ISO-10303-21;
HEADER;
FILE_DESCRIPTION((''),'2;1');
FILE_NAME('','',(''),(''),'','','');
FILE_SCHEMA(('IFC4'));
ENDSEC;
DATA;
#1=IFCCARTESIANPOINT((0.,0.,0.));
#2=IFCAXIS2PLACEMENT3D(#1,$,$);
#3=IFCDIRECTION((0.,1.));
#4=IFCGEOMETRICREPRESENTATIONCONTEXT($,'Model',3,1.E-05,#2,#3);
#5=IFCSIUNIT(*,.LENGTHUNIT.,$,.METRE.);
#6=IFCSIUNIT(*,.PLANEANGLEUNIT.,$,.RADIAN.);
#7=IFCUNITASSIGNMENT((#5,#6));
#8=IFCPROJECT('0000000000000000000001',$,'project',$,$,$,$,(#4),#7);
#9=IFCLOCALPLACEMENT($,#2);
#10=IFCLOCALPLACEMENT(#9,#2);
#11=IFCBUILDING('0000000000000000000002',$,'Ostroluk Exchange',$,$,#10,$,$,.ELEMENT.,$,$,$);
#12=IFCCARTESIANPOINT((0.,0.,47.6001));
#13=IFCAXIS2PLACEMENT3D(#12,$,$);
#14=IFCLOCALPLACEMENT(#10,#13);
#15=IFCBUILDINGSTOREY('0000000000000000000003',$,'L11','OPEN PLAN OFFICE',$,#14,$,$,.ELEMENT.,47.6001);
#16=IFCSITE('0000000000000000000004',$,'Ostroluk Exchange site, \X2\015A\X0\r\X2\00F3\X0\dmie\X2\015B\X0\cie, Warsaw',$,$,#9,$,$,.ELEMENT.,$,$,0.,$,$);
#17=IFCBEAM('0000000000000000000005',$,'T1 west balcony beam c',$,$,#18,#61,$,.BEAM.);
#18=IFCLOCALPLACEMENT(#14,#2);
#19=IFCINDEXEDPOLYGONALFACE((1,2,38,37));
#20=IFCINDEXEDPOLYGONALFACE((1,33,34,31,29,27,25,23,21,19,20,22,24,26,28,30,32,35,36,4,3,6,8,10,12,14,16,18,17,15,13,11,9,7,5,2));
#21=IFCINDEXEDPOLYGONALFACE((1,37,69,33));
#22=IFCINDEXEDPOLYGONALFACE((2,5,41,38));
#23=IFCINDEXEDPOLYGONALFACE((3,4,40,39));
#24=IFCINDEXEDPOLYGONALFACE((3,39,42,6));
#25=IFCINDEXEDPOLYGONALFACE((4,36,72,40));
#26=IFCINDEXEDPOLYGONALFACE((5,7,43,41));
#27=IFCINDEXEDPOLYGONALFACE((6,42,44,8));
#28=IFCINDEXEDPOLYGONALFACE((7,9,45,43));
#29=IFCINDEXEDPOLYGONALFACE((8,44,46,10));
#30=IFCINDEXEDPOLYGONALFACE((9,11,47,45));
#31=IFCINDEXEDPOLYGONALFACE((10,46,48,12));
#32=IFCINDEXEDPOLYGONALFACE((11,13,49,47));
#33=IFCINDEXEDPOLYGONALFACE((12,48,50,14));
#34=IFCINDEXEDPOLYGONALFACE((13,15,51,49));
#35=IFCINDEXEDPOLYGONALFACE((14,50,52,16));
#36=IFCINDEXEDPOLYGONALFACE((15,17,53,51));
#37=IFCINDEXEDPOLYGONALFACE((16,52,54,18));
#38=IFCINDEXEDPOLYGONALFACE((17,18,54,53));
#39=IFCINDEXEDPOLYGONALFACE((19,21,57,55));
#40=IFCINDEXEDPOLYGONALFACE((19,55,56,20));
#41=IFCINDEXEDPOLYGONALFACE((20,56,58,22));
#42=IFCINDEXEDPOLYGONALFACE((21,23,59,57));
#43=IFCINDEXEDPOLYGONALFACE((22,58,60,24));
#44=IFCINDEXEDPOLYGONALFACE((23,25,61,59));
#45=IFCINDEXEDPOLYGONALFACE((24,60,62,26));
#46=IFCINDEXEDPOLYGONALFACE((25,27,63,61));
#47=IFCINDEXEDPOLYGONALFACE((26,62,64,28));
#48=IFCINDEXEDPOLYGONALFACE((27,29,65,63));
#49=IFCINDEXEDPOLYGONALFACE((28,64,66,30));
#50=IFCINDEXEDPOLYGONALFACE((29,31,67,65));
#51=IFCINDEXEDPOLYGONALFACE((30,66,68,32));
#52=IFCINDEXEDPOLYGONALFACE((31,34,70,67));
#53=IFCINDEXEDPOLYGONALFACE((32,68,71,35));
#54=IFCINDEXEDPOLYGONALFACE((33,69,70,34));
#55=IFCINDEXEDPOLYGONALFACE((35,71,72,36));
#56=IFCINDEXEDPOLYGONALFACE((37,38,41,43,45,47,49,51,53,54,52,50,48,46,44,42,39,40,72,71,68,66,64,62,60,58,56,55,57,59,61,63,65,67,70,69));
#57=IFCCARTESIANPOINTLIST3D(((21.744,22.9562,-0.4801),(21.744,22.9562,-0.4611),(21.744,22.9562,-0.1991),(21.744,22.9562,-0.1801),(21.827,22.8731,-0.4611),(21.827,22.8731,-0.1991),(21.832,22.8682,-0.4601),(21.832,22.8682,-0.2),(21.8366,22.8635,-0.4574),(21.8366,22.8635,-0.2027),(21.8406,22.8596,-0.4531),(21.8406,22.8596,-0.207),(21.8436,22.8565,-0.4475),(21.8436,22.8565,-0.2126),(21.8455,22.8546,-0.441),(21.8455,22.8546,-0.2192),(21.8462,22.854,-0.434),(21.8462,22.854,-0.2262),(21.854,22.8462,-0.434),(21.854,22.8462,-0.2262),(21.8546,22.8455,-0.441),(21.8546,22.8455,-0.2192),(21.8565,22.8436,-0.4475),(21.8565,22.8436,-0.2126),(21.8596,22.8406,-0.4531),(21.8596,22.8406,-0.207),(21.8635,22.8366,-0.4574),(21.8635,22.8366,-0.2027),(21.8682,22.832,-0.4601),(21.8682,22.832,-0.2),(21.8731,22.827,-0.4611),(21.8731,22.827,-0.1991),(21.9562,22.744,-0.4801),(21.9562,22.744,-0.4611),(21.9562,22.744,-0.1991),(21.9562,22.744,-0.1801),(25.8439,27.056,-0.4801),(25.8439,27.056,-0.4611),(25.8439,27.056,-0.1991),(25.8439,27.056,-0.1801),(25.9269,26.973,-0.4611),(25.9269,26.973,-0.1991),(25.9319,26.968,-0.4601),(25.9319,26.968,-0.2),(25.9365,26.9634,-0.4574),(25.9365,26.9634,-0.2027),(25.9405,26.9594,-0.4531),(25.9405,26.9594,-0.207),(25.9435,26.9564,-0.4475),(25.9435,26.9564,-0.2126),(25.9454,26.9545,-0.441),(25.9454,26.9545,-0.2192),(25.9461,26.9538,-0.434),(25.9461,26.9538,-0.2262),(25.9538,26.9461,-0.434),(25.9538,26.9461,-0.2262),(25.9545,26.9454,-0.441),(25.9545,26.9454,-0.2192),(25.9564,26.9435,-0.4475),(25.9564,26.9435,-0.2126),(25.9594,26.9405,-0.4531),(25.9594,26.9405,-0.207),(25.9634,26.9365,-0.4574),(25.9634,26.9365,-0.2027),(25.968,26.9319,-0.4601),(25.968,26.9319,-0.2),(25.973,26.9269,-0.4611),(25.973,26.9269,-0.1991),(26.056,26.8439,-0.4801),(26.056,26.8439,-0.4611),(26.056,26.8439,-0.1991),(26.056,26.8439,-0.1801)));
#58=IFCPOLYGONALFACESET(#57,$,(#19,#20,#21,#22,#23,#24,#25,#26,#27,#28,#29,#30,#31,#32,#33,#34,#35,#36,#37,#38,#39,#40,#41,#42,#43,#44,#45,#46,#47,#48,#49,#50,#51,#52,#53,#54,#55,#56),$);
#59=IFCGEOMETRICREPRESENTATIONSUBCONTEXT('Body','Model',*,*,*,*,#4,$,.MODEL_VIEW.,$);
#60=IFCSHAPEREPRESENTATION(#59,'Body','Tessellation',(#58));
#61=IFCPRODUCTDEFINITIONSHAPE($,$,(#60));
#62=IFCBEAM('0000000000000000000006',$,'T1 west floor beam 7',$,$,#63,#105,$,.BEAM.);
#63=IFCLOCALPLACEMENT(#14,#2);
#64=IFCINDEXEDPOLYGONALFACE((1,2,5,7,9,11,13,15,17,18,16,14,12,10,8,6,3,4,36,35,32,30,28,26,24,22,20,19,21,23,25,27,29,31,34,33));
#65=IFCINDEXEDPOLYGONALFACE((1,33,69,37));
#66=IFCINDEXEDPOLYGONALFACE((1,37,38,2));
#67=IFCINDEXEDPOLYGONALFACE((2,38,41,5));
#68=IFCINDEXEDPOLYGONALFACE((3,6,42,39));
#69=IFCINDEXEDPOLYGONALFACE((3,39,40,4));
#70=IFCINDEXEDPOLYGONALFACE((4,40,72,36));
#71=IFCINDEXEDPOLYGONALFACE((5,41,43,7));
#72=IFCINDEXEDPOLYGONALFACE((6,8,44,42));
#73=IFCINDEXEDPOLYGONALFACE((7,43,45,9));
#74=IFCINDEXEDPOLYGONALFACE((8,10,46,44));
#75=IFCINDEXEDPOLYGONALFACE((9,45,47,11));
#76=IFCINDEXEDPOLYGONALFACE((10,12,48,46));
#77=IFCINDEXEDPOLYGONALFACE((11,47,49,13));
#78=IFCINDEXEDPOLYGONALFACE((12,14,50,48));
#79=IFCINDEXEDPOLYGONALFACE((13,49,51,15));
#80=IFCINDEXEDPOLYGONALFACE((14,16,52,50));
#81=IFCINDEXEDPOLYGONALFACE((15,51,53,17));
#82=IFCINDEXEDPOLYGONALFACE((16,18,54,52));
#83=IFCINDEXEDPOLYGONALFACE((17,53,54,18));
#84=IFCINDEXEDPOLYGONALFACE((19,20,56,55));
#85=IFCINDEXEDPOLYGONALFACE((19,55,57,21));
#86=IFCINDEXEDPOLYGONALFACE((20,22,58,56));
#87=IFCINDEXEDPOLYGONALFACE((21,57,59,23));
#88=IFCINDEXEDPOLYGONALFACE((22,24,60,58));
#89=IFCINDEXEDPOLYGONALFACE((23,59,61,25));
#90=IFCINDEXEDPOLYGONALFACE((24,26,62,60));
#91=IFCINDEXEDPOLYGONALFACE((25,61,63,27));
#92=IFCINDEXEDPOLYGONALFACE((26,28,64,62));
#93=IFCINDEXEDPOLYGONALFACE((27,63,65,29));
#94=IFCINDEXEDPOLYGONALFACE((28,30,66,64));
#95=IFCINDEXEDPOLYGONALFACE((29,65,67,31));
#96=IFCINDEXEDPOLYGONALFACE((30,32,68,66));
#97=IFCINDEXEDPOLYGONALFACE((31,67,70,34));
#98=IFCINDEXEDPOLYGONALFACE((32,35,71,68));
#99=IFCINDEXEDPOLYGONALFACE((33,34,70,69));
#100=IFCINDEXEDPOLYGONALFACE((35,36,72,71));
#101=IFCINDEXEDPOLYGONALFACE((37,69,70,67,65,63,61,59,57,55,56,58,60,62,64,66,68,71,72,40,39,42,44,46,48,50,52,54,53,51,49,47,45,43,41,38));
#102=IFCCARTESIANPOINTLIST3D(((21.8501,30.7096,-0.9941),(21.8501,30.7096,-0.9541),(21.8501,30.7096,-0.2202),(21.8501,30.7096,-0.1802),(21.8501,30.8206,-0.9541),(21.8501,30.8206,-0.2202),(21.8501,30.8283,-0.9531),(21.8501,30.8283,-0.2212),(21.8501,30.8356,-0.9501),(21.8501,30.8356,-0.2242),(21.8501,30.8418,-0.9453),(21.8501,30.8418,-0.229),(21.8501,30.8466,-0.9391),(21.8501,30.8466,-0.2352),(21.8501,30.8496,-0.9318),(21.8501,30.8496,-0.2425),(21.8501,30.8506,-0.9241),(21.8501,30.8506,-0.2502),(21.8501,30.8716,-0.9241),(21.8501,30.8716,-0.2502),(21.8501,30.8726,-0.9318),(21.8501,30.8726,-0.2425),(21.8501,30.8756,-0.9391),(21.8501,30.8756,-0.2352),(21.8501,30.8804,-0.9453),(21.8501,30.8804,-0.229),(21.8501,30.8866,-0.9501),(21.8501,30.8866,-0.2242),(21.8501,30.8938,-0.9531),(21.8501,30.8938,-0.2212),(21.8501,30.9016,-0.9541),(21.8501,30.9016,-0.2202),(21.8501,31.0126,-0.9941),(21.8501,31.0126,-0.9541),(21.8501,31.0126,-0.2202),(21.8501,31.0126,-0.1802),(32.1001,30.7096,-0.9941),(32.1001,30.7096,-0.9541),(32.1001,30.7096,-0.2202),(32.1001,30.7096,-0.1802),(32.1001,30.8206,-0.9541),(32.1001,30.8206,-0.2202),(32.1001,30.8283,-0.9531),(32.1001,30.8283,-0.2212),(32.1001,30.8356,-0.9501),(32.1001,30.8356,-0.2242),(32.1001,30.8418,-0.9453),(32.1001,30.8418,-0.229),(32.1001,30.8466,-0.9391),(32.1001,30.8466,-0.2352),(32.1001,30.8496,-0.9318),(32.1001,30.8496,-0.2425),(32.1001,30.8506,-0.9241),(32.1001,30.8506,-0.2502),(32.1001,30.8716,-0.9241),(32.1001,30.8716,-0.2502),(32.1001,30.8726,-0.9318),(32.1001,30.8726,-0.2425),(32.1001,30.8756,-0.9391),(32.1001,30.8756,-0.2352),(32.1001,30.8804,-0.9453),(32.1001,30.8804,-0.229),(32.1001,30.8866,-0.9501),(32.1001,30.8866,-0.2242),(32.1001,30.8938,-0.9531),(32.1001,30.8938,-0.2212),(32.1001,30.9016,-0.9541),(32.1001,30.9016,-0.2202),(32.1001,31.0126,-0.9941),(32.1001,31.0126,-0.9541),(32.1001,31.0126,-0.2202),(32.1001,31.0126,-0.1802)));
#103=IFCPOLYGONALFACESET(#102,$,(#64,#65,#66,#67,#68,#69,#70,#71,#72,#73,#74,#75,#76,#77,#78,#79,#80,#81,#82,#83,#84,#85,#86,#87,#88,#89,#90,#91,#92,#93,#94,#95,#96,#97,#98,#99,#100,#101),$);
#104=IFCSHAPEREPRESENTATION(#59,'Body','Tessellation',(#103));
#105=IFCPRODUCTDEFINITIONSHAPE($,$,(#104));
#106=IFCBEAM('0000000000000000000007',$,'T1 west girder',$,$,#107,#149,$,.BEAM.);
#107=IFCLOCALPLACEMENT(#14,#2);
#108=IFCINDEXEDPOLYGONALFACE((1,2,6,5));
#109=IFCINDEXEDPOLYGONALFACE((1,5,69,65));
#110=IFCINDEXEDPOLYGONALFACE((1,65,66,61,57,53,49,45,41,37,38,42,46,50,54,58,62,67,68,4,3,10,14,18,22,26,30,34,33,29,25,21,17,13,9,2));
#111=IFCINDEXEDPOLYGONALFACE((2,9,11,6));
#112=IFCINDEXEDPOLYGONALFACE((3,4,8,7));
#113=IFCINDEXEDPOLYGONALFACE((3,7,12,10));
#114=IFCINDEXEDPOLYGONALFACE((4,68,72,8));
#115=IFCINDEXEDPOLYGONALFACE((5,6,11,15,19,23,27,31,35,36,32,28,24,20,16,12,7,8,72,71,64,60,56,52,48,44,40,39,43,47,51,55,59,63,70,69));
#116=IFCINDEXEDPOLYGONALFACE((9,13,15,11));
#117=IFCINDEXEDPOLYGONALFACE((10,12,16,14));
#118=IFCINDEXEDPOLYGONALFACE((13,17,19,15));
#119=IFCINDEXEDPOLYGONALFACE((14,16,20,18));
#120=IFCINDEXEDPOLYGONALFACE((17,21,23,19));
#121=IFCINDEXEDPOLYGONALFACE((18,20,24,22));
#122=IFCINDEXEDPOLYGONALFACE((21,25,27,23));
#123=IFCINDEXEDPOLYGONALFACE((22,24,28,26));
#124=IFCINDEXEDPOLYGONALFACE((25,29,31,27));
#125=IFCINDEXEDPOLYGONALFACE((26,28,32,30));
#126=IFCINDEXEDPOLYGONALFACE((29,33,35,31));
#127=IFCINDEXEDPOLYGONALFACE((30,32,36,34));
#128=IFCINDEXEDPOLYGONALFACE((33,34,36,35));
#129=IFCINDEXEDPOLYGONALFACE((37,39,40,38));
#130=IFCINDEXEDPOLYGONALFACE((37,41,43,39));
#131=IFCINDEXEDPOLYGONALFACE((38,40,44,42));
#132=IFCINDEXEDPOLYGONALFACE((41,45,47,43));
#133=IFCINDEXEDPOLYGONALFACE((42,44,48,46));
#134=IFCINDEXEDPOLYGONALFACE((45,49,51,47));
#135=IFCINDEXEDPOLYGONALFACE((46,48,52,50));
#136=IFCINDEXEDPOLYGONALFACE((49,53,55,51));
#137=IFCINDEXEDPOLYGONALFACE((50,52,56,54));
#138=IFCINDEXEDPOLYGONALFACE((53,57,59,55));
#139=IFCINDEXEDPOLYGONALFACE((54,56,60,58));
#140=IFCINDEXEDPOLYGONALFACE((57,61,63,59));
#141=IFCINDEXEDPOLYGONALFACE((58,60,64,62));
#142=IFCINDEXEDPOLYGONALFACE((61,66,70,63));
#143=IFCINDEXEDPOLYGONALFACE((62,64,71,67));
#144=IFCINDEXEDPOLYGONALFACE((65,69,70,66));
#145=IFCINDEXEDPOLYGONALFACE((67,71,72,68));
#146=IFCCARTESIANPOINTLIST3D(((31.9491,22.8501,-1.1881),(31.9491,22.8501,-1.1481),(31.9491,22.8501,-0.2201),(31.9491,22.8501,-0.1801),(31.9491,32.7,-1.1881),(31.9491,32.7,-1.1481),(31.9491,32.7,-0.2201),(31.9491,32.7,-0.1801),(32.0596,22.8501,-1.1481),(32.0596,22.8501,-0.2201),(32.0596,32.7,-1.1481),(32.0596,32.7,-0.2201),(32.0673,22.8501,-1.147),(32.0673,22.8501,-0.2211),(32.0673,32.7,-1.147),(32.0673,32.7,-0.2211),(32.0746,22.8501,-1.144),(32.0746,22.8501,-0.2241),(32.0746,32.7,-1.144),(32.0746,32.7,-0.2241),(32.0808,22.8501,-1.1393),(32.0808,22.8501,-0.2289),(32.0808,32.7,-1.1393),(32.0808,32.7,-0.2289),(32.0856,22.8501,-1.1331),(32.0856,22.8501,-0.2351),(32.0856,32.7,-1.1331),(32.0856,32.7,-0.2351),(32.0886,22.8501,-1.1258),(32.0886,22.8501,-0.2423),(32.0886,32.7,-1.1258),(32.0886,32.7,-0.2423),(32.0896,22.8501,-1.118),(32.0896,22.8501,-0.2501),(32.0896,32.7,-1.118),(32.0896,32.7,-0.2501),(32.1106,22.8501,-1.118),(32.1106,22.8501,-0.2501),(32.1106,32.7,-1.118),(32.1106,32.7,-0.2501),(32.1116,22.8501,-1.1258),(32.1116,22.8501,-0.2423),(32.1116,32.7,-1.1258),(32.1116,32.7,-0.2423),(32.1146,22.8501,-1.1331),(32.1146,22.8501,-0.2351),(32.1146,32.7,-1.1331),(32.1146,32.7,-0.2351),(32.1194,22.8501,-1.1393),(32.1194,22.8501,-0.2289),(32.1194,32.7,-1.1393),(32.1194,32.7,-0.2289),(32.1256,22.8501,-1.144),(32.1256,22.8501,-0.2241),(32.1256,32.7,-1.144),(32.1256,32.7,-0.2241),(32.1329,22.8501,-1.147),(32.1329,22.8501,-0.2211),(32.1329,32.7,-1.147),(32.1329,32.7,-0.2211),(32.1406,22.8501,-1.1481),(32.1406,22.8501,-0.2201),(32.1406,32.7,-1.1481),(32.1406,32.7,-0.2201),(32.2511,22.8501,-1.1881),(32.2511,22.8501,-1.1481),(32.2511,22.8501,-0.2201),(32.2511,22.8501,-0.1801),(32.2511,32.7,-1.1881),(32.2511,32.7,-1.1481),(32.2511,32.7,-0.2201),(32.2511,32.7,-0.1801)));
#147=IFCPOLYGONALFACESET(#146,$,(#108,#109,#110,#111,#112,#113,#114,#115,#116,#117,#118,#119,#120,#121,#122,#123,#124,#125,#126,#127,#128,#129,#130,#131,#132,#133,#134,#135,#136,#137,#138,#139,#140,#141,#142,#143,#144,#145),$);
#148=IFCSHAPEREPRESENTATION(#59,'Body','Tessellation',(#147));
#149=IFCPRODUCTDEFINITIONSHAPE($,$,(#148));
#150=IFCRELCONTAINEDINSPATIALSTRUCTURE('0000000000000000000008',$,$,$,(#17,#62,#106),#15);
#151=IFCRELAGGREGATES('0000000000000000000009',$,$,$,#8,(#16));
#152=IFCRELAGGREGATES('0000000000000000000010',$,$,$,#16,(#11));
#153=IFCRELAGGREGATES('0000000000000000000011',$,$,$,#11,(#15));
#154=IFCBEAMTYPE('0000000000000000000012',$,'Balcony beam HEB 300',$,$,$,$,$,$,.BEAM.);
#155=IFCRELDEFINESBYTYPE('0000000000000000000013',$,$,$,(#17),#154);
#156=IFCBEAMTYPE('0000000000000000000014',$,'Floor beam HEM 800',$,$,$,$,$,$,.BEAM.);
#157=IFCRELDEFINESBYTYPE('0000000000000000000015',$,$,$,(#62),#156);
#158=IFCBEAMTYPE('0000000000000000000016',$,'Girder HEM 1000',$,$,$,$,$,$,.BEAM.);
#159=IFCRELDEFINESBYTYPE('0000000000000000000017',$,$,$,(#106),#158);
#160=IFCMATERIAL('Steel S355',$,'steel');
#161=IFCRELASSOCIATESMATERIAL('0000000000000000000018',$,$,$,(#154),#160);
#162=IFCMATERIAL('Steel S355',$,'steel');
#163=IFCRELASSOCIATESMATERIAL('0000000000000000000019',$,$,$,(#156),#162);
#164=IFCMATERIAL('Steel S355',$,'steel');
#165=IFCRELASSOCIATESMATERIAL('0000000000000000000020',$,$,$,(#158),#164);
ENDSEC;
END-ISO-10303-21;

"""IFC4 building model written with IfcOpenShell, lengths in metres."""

from ifc_helpers import new_model, si_unit, direction, frame, origin, origin_2d, place, context, subcontext, project, spatial, i_section, extrude, material, material_profile, profile_set, type_object, element, save


model = new_model("IFC4")

# Units and contexts
model_context = context("Model", 3, precision=1e-05, world=origin(), true_north=direction((0.0, 1.0)))
body_context = subcontext(model_context, "Body", "Model", "MODEL_VIEW")
ifc_project = project(units=[si_unit("LENGTHUNIT", "METRE"), si_unit("PLANEANGLEUNIT", "RADIAN")], contexts=[model_context])

# Site, building, storey
site_placement = place(None, origin())
site = spatial("IfcSite", under=ifc_project, at=site_placement, Name="Ostroluk Exchange site, Śródmieście, Warsaw", CompositionType="ELEMENT", RefElevation=0.0)
building_placement = place(site_placement, origin())
building = spatial("IfcBuilding", under=site, at=building_placement, Name="Ostroluk Exchange", CompositionType="ELEMENT")
storey_placement = place(building_placement, frame((0.0, 0.0, 47.6001)))
storey = spatial("IfcBuildingStorey", under=building, at=storey_placement, Name="L11", Description="OPEN PLAN OFFICE", CompositionType="ELEMENT", Elevation=47.6001)

# Beams
ifc_material_1 = material(Name="Steel S355", Category="steel")
ifc_material_profile_1 = material_profile(ifc_material_1, i_section(OverallWidth=0.3, OverallDepth=0.3, WebThickness=0.011, FlangeThickness=0.019, FilletRadius=0.0271, at=origin_2d()), Name="HEB 300")
ifc_profile_set_1 = profile_set([ifc_material_profile_1], Name="Steel S355")
beam_type_1 = type_object("IfcBeamType", Name="Balcony beam HEB 300", PredefinedType="BEAM", material=ifc_profile_set_1)
beam_1_placement = place(storey_placement, frame((25.95, 26.95, -0.3301), z_axis=(-0.707107, -0.707107, 0.0), x_axis=(0.707107, -0.707107, 0.0)))
element("IfcBeam", 1, at=beam_1_placement, inside=storey, type_object=beam_type_1, Name="T1 west balcony beam c", PredefinedType="BEAM", context=body_context, shape_type="SweptSolid", body=[
    extrude(i_section(OverallWidth=0.3, OverallDepth=0.3, WebThickness=0.011, FlangeThickness=0.019, FilletRadius=0.0271, at=origin_2d()), origin(), (0.0, 0.0, 1.0), 5.7981),
])
ifc_material_2 = material(Name="Steel S355", Category="steel")
ifc_material_profile_2 = material_profile(ifc_material_2, i_section(OverallWidth=0.303, OverallDepth=0.814, WebThickness=0.021, FlangeThickness=0.04, FilletRadius=0.03, at=origin_2d()), Name="HEM 800")
ifc_profile_set_2 = profile_set([ifc_material_profile_2], Name="Steel S355")
beam_type_2 = type_object("IfcBeamType", Name="Floor beam HEM 800", PredefinedType="BEAM", material=ifc_profile_set_2)
beam_2_placement = place(storey_placement, frame((32.1001, 30.8611, -0.5872), z_axis=(-1.0, 0.0, 0.0), x_axis=(0.0, -1.0, 0.0)))
element("IfcBeam", 2, at=beam_2_placement, inside=storey, type_object=beam_type_2, Name="T1 west floor beam 7", PredefinedType="BEAM", context=body_context, shape_type="SweptSolid", body=[
    extrude(i_section(OverallWidth=0.303, OverallDepth=0.814, WebThickness=0.021, FlangeThickness=0.04, FilletRadius=0.03, at=origin_2d()), origin(), (0.0, 0.0, 1.0), 10.25),
])
ifc_material_3 = material(Name="Steel S355", Category="steel")
ifc_material_profile_3 = material_profile(ifc_material_3, i_section(OverallWidth=0.302, OverallDepth=1.0081, WebThickness=0.021, FlangeThickness=0.04, FilletRadius=0.03, at=origin_2d()), Name="HEM 1000")
ifc_profile_set_3 = profile_set([ifc_material_profile_3], Name="Steel S355")
beam_type_3 = type_object("IfcBeamType", Name="Girder HEM 1000", PredefinedType="BEAM", material=ifc_profile_set_3)
beam_3_placement = place(storey_placement, frame((32.1001, 32.7, -0.6841), z_axis=(0.0, -1.0, 0.0), x_axis=(1.0, 0.0, 0.0)))
element("IfcBeam", 3, at=beam_3_placement, inside=storey, type_object=beam_type_3, Name="T1 west girder", PredefinedType="BEAM", context=body_context, shape_type="SweptSolid", body=[
    extrude(i_section(OverallWidth=0.302, OverallDepth=1.0081, WebThickness=0.021, FlangeThickness=0.04, FilletRadius=0.03, at=origin_2d()), origin(), (0.0, 0.0, 1.0), 9.8499),
])

save(model, "model.ifc")
